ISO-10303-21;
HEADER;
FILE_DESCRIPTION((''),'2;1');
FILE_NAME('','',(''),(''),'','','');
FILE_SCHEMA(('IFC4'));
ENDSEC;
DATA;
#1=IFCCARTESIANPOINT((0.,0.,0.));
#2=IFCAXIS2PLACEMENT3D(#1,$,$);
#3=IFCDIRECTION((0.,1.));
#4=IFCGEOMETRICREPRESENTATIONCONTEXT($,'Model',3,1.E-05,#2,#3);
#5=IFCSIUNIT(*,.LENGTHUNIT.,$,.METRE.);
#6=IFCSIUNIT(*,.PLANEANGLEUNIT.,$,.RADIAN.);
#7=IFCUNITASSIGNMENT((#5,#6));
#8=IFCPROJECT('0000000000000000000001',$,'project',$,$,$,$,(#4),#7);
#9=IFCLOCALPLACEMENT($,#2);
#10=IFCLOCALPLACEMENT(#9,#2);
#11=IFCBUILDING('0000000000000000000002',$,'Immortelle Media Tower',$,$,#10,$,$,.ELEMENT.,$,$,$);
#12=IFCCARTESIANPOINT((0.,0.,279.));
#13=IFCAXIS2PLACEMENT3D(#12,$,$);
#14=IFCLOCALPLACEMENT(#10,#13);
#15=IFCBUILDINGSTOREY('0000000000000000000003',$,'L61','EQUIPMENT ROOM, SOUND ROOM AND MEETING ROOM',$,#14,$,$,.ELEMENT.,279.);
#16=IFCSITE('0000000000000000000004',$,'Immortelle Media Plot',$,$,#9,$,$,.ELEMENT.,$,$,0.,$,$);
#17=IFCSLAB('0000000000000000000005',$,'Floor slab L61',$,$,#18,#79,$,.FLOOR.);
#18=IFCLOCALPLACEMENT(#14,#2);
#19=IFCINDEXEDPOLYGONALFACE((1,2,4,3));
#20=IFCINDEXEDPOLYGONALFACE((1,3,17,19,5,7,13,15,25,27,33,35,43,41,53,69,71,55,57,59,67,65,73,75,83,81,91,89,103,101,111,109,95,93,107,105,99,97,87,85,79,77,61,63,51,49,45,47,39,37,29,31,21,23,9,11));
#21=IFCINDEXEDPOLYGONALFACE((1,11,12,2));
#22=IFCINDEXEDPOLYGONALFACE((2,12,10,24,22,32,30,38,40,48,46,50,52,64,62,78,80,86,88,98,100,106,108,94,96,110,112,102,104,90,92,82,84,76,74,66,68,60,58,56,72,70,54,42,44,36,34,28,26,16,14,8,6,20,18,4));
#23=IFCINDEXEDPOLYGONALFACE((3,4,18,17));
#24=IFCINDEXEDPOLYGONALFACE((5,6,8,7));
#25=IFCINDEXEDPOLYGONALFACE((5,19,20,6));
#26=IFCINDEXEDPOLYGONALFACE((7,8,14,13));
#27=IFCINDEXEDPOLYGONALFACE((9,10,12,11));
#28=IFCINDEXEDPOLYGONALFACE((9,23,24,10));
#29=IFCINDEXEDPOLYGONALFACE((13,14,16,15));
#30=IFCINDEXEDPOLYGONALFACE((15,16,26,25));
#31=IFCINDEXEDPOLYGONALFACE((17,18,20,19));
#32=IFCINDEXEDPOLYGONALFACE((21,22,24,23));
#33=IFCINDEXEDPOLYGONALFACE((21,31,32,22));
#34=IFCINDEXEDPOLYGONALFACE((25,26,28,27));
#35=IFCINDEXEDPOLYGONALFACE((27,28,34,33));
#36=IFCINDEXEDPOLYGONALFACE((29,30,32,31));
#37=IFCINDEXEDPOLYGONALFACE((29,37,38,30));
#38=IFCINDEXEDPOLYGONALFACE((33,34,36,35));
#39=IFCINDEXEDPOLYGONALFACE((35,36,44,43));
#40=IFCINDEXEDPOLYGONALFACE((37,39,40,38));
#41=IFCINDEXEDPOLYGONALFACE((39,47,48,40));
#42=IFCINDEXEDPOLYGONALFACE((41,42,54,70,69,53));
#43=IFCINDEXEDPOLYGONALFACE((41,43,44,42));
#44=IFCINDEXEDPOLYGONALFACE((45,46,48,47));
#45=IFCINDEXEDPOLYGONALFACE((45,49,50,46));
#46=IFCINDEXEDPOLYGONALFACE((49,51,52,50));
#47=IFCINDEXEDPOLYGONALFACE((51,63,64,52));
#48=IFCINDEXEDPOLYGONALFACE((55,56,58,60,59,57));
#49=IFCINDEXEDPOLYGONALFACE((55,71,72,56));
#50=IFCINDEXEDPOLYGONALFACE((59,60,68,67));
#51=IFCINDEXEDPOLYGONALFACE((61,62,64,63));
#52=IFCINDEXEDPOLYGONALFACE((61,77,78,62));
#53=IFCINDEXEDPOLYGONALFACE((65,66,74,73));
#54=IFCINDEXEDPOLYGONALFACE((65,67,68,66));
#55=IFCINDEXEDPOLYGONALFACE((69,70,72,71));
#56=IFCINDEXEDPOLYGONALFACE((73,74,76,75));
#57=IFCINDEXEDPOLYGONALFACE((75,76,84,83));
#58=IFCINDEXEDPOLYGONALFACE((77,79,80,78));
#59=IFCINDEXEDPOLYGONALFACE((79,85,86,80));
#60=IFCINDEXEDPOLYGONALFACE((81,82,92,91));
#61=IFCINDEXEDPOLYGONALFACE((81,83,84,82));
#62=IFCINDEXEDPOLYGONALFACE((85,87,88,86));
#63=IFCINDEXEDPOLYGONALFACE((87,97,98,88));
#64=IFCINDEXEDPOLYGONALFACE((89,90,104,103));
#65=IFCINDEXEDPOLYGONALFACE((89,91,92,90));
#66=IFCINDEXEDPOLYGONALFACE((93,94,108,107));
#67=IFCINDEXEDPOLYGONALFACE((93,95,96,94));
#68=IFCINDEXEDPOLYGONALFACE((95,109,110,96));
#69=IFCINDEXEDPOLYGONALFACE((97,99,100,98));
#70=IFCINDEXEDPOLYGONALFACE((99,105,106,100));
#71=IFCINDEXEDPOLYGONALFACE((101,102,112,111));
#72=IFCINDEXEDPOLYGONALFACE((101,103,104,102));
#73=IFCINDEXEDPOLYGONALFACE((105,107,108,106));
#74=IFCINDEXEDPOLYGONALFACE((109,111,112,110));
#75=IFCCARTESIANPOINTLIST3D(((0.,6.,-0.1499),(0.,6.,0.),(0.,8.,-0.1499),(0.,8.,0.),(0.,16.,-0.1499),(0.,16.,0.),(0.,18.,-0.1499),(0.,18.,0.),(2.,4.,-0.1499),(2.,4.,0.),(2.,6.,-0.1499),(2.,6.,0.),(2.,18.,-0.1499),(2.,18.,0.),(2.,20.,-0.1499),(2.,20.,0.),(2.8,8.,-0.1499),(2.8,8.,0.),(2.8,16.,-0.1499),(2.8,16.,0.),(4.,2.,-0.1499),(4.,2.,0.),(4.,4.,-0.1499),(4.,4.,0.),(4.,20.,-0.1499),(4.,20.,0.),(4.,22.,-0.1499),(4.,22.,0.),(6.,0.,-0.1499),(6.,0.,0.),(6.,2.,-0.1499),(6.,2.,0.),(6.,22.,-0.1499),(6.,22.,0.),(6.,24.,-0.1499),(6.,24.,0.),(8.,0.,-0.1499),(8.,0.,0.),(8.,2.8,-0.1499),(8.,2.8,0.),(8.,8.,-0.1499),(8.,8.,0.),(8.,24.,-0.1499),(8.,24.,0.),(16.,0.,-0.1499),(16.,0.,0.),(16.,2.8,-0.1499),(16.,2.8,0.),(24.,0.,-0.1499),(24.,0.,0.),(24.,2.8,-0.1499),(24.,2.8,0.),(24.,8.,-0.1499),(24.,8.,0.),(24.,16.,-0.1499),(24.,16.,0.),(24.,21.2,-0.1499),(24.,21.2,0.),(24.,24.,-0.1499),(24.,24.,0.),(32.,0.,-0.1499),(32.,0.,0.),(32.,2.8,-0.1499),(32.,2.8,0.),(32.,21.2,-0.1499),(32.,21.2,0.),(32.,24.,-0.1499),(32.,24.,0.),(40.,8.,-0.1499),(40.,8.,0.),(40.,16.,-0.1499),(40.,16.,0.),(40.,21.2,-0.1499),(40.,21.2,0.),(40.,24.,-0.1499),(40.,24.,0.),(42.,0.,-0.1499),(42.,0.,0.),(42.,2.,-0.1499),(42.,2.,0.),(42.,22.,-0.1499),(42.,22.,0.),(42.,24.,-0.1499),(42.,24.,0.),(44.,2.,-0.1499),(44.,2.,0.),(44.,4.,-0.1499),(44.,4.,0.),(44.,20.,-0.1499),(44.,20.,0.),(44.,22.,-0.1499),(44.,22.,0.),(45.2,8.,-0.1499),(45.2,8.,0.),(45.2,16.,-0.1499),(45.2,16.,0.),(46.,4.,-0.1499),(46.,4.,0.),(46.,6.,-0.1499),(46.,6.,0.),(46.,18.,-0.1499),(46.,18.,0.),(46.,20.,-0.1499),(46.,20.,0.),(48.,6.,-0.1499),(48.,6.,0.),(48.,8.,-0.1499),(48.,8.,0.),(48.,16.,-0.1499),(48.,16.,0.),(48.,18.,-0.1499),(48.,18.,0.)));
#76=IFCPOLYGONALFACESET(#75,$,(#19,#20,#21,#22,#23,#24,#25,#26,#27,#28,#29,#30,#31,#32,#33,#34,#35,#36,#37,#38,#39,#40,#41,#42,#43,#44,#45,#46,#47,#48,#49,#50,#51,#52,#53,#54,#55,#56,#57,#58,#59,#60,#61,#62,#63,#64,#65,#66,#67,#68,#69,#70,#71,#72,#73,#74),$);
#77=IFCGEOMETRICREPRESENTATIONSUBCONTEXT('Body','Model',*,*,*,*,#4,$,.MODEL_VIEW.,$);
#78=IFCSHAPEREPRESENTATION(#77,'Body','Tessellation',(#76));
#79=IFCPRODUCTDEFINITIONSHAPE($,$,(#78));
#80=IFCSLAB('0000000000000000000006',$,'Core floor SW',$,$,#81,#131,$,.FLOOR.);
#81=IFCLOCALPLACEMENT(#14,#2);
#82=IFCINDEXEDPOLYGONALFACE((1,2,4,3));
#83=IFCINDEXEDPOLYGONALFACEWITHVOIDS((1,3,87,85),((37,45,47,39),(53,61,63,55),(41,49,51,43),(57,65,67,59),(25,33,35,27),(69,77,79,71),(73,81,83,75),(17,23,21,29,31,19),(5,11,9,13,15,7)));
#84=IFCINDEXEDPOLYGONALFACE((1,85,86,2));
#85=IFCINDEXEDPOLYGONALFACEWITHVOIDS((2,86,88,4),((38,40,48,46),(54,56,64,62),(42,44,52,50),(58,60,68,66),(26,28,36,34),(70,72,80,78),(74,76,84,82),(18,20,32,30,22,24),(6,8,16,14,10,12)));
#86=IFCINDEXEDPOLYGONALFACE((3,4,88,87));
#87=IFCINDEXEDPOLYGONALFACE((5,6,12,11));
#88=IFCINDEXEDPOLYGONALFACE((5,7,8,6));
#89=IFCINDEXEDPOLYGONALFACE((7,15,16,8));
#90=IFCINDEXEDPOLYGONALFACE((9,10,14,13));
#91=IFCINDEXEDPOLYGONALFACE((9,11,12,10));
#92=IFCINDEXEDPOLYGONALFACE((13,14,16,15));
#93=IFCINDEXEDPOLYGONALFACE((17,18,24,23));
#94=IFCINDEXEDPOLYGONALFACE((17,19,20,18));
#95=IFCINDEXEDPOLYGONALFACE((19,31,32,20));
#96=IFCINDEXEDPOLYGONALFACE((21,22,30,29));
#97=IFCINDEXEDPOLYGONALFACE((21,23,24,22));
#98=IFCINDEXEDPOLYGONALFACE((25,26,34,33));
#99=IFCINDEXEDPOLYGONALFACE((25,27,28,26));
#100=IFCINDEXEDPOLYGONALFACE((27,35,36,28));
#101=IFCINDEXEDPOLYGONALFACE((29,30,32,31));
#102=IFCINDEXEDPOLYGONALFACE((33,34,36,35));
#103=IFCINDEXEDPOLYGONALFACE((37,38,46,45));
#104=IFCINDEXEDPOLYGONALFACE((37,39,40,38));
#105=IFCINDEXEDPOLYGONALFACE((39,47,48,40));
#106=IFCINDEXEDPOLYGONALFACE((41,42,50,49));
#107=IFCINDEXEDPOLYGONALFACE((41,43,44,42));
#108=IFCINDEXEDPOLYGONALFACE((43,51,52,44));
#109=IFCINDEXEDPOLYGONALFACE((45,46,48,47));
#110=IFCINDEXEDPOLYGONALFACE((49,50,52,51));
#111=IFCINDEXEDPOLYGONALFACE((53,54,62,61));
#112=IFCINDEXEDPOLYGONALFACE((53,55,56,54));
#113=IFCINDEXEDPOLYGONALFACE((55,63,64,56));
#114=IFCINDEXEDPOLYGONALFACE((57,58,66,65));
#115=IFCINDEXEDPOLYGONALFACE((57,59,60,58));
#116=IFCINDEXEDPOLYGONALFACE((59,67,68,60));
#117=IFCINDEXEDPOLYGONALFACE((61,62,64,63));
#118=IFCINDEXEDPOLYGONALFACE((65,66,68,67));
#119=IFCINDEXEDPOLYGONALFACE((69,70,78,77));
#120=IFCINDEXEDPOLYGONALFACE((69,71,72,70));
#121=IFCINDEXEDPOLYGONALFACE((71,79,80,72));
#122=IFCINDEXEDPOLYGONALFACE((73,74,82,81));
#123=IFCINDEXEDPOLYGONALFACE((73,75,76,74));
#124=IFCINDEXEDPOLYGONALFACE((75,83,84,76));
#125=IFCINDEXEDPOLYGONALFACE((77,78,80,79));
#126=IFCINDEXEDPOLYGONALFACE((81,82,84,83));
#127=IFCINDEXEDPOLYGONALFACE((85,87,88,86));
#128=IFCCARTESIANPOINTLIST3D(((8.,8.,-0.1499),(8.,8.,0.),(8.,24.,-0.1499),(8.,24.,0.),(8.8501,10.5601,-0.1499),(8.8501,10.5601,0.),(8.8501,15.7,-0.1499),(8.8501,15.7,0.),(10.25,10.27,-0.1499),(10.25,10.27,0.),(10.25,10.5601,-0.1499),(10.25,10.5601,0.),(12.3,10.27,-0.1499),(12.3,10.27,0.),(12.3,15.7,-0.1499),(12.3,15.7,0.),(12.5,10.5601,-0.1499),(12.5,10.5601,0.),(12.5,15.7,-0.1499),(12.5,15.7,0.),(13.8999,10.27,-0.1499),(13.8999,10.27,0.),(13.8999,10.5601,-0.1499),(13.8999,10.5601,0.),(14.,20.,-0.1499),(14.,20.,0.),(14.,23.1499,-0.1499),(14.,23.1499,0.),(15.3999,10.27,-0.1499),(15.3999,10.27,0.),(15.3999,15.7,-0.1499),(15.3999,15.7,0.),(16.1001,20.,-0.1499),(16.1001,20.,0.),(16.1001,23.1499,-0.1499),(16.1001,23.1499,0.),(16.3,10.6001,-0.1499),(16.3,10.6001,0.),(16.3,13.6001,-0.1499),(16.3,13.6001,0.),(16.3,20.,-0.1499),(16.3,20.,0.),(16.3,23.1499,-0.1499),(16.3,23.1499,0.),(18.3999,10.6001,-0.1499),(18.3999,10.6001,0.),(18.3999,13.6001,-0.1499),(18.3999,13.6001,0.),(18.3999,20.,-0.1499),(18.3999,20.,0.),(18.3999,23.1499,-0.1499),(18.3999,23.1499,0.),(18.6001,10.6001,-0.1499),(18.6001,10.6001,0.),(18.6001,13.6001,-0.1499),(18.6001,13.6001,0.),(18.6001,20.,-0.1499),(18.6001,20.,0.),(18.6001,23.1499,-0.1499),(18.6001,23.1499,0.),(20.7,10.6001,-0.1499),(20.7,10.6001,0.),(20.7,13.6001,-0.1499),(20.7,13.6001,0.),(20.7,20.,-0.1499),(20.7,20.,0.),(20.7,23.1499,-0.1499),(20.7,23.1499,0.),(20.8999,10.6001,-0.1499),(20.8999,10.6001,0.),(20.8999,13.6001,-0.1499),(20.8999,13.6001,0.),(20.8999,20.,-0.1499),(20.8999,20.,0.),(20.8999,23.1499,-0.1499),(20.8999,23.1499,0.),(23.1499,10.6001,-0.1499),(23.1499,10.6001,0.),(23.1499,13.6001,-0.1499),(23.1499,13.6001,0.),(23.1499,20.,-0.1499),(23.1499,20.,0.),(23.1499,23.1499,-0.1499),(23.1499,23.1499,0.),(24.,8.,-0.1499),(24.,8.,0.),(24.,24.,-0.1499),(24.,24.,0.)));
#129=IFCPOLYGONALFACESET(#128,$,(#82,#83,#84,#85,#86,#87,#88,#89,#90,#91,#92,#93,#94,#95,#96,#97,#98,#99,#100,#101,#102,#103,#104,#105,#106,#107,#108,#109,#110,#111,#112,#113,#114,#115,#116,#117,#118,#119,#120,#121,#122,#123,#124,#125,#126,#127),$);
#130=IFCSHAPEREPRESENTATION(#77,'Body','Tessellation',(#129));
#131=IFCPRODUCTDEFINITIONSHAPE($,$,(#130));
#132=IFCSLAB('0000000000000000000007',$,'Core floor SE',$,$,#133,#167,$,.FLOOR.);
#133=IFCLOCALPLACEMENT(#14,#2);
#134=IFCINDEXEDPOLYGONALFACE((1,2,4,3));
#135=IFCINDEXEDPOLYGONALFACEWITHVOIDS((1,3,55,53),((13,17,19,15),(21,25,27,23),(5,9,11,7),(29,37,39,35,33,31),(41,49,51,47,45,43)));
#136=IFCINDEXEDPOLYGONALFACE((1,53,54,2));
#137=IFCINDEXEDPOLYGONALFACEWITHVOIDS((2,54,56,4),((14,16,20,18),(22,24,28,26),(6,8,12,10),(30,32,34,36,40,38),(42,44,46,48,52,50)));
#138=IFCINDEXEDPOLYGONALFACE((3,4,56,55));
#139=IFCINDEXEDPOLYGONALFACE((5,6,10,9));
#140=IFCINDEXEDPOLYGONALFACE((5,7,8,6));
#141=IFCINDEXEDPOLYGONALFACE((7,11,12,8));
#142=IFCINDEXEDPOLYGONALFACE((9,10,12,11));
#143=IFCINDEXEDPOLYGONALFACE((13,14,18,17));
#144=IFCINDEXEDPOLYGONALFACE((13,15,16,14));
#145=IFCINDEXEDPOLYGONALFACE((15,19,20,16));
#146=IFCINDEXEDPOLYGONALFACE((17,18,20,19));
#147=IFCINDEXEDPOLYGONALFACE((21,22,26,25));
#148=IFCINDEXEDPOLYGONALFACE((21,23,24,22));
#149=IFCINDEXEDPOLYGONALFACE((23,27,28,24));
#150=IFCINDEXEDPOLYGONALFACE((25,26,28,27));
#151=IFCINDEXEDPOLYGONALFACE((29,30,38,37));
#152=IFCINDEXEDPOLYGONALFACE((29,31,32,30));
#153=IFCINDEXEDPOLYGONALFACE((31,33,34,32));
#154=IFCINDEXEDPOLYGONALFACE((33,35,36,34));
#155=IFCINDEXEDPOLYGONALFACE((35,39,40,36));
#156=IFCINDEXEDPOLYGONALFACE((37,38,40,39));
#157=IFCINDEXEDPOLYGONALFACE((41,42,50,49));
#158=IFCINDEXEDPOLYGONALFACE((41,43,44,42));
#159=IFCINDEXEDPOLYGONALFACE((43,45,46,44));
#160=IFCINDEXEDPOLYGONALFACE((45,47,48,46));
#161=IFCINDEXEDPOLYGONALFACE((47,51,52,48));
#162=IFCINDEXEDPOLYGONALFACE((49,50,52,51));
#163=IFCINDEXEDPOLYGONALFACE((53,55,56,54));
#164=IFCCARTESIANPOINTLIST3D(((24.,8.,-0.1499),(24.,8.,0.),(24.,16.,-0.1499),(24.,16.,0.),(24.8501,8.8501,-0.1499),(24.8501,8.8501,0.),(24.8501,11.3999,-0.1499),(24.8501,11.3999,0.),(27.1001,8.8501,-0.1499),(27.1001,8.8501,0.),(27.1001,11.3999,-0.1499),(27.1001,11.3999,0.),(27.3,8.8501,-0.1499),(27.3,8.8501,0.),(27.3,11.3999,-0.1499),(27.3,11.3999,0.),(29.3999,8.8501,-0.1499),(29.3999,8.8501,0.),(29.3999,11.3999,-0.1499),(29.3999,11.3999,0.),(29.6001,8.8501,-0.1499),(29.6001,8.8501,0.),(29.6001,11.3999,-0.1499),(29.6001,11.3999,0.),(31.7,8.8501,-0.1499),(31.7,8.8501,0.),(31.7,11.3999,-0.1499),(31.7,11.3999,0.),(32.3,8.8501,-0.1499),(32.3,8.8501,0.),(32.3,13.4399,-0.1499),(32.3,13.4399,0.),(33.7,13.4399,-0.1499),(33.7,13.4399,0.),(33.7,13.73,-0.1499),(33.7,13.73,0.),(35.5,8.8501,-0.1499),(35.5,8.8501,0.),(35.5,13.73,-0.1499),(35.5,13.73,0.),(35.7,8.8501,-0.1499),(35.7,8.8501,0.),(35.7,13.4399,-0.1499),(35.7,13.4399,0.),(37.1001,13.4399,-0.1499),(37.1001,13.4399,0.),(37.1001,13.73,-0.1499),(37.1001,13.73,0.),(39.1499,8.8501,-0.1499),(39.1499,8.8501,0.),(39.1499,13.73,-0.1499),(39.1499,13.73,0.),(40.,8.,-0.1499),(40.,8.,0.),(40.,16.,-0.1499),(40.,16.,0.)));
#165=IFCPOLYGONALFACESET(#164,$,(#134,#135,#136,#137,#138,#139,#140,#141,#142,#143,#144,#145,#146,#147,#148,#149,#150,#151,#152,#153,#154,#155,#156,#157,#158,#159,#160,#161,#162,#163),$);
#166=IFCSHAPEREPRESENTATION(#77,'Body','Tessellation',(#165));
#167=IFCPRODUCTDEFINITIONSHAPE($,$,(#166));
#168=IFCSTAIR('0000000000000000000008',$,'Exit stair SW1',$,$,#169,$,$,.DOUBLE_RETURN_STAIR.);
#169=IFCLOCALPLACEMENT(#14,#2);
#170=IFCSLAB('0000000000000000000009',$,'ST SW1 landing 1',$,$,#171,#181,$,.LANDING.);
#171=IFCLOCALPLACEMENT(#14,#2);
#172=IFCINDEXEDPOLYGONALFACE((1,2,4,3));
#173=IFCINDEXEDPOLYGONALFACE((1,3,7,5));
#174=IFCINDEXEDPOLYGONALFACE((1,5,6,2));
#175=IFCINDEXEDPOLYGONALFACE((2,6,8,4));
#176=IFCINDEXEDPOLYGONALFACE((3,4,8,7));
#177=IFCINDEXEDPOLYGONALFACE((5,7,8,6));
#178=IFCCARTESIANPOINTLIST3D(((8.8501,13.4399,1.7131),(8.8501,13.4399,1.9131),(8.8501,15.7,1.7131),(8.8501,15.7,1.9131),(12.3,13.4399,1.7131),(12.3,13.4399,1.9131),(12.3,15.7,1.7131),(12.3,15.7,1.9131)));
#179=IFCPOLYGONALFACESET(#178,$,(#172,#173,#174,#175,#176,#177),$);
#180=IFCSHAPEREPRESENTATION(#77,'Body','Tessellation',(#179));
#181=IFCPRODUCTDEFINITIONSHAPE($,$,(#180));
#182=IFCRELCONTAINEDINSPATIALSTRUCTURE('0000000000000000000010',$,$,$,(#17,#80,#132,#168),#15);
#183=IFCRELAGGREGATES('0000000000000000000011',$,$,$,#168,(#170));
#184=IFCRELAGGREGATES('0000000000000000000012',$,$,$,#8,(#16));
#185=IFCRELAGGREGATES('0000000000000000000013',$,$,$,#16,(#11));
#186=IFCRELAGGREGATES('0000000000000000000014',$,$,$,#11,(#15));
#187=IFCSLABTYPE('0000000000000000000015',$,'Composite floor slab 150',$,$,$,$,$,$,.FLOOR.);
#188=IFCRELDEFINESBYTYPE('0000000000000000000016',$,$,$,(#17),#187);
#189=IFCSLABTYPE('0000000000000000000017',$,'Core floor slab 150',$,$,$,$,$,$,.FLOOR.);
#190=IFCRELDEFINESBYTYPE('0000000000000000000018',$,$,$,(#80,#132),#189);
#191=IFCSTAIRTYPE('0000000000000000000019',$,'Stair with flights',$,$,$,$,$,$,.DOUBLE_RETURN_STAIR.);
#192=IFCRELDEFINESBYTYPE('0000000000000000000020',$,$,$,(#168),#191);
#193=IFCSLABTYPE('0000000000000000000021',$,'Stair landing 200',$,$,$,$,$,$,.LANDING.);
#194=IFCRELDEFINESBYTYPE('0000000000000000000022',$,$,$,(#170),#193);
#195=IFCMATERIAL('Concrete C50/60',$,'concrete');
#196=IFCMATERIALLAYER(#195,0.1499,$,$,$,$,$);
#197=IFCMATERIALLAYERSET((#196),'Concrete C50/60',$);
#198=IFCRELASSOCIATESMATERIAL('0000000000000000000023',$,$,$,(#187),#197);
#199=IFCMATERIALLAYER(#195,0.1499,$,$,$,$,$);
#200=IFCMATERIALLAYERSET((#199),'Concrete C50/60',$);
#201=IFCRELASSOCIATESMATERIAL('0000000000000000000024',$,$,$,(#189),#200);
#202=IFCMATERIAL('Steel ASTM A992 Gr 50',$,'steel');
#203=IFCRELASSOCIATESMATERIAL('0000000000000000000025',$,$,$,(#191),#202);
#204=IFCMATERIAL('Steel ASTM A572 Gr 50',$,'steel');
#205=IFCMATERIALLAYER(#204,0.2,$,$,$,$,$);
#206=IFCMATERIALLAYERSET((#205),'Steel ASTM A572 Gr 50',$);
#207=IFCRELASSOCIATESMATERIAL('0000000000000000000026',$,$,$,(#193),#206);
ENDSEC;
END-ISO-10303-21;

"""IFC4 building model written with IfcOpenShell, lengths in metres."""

from ifc_helpers import new_model, si_unit, direction, frame, origin, place, context, subcontext, project, spatial, polyline, outline, extrude, material, layer, layer_set, type_object, element, aggregate, save


model = new_model("IFC4")

# Units and contexts
model_context = context("Model", 3, precision=1e-05, world=origin(), true_north=direction((0.0, 1.0)))
body_context = subcontext(model_context, "Body", "Model", "MODEL_VIEW")
ifc_project = project(units=[si_unit("LENGTHUNIT", "METRE"), si_unit("PLANEANGLEUNIT", "RADIAN")], contexts=[model_context])

# Site, building, storey
site_placement = place(None, origin())
site = spatial("IfcSite", under=ifc_project, at=site_placement, Name="Immortelle Media Plot", CompositionType="ELEMENT", RefElevation=0.0)
building_placement = place(site_placement, origin())
building = spatial("IfcBuilding", under=site, at=building_placement, Name="Immortelle Media Tower", CompositionType="ELEMENT")
storey_placement = place(building_placement, frame((0.0, 0.0, 279.0)))
storey = spatial("IfcBuildingStorey", under=building, at=storey_placement, Name="L61", Description="EQUIPMENT ROOM, SOUND ROOM AND MEETING ROOM", CompositionType="ELEMENT", Elevation=279.0)

# Shared definitions
ifc_material_1 = material(Name="Steel ASTM A992 Gr 50", Category="steel")

# Slabs
ifc_material_2 = material(Name="Concrete C50/60", Category="concrete")
ifc_layer_1 = layer(ifc_material_2, 0.1499)
ifc_layer_set_1 = layer_set([ifc_layer_1], Name="Concrete C50/60")
slab_type_1 = type_object("IfcSlabType", Name="Composite floor slab 150", PredefinedType="FLOOR", material=ifc_layer_set_1)
slab_1_placement = place(storey_placement, frame((0.0, 0.0, -0.1499)))
element("IfcSlab", 1, at=slab_1_placement, inside=storey, type_object=slab_type_1, Name="Floor slab L61", PredefinedType="FLOOR", context=body_context, shape_type="SweptSolid", body=[
    extrude(outline(polyline([(6.0, 0.0), (6.0, 2.0), (4.0, 2.0), (4.0, 4.0), (2.0, 4.0), (2.0, 6.0), (0.0, 6.0), (0.0, 8.0), (2.8, 8.0), (2.8, 16.0), (0.0, 16.0), (0.0, 18.0), (2.0, 18.0), (2.0, 20.0), (4.0, 20.0), (4.0, 22.0), (6.0, 22.0), (6.0, 24.0), (8.0, 24.0), (8.0, 8.0), (24.0, 8.0), (40.0, 8.0), (40.0, 16.0), (24.0, 16.0), (24.0, 21.2), (24.0, 24.0), (32.0, 24.0), (32.0, 21.2), (40.0, 21.2), (40.0, 24.0), (42.0, 24.0), (42.0, 22.0), (44.0, 22.0), (44.0, 20.0), (46.0, 20.0), (46.0, 18.0), (48.0, 18.0), (48.0, 16.0), (45.2, 16.0), (45.2, 8.0), (48.0, 8.0), (48.0, 6.0), (46.0, 6.0), (46.0, 4.0), (44.0, 4.0), (44.0, 2.0), (42.0, 2.0), (42.0, 0.0), (32.0, 0.0), (32.0, 2.8), (24.0, 2.8), (24.0, 0.0), (16.0, 0.0), (16.0, 2.8), (8.0, 2.8), (8.0, 0.0), (6.0, 0.0)])), origin(), (0.0, 0.0, 1.0), 0.1499),
])
ifc_layer_2 = layer(ifc_material_2, 0.1499)
ifc_layer_set_2 = layer_set([ifc_layer_2], Name="Concrete C50/60")
slab_type_2 = type_object("IfcSlabType", Name="Core floor slab 150", PredefinedType="FLOOR", material=ifc_layer_set_2)
slab_2_placement = place(storey_placement, frame((0.0, 0.0, -0.1499)))
element("IfcSlab", 2, at=slab_2_placement, inside=storey, type_object=slab_type_2, Name="Core floor SW", PredefinedType="FLOOR", context=body_context, shape_type="SweptSolid", body=[
    extrude(outline(polyline([(8.0, 8.0), (24.0, 8.0), (24.0, 24.0), (8.0, 24.0), (8.0, 8.0)]), holes=[polyline([(14.0, 20.0), (16.1001, 20.0), (16.1001, 23.1499), (14.0, 23.1499), (14.0, 20.0)]), polyline([(16.3, 20.0), (18.3999, 20.0), (18.3999, 23.1499), (16.3, 23.1499), (16.3, 20.0)]), polyline([(18.6001, 20.0), (20.7, 20.0), (20.7, 23.1499), (18.6001, 23.1499), (18.6001, 20.0)]), polyline([(20.8999, 20.0), (23.1499, 20.0), (23.1499, 23.1499), (20.8999, 23.1499), (20.8999, 20.0)]), polyline([(16.3, 10.6001), (18.3999, 10.6001), (18.3999, 13.6001), (16.3, 13.6001), (16.3, 10.6001)]), polyline([(18.6001, 10.6001), (20.7, 10.6001), (20.7, 13.6001), (18.6001, 13.6001), (18.6001, 10.6001)]), polyline([(20.8999, 10.6001), (23.1499, 10.6001), (23.1499, 13.6001), (20.8999, 13.6001), (20.8999, 10.6001)]), polyline([(8.8501, 15.7), (12.3, 15.7), (12.3, 10.27), (10.25, 10.27), (10.25, 10.5601), (8.8501, 10.5601), (8.8501, 15.7)]), polyline([(12.5, 15.7), (15.3999, 15.7), (15.3999, 10.27), (13.8999, 10.27), (13.8999, 10.5601), (12.5, 10.5601), (12.5, 15.7)])]), origin(), (0.0, 0.0, 1.0), 0.1499),
])
slab_3_placement = place(storey_placement, frame((0.0, 0.0, -0.1499)))
element("IfcSlab", 3, at=slab_3_placement, inside=storey, type_object=slab_type_2, Name="Core floor SE", PredefinedType="FLOOR", context=body_context, shape_type="SweptSolid", body=[
    extrude(outline(polyline([(24.0, 8.0), (40.0, 8.0), (40.0, 16.0), (24.0, 16.0), (24.0, 8.0)]), holes=[polyline([(24.8501, 8.8501), (27.1001, 8.8501), (27.1001, 11.3999), (24.8501, 11.3999), (24.8501, 8.8501)]), polyline([(27.3, 8.8501), (29.3999, 8.8501), (29.3999, 11.3999), (27.3, 11.3999), (27.3, 8.8501)]), polyline([(29.6001, 8.8501), (31.7, 8.8501), (31.7, 11.3999), (29.6001, 11.3999), (29.6001, 8.8501)]), polyline([(35.5, 13.73), (35.5, 8.8501), (32.3, 8.8501), (32.3, 13.4399), (33.7, 13.4399), (33.7, 13.73), (35.5, 13.73)]), polyline([(39.1499, 13.73), (39.1499, 8.8501), (35.7, 8.8501), (35.7, 13.4399), (37.1001, 13.4399), (37.1001, 13.73), (39.1499, 13.73)])]), origin(), (0.0, 0.0, 1.0), 0.1499),
])

# Stair, slab
stair_type = type_object("IfcStairType", Name="Stair with flights", PredefinedType="DOUBLE_RETURN_STAIR", material=ifc_material_1)
stair_1_placement = place(storey_placement, origin())
stair_1 = element("IfcStair", 4, at=stair_1_placement, inside=storey, type_object=stair_type, Name="Exit stair SW1", PredefinedType="DOUBLE_RETURN_STAIR")
ifc_material_3 = material(Name="Steel ASTM A572 Gr 50", Category="steel")
ifc_layer_3 = layer(ifc_material_3, 0.2)
ifc_layer_set_3 = layer_set([ifc_layer_3], Name="Steel ASTM A572 Gr 50")
slab_type_3 = type_object("IfcSlabType", Name="Stair landing 200", PredefinedType="LANDING", material=ifc_layer_set_3)
slab_4_placement = place(storey_placement, frame((0.0, 0.0, 1.7131)))
slab_4 = element("IfcSlab", 5, at=slab_4_placement, type_object=slab_type_3, Name="ST SW1 landing 1", PredefinedType="LANDING", context=body_context, shape_type="SweptSolid", body=[
    extrude(outline(polyline([(8.8501, 13.4399), (12.3, 13.4399), (12.3, 15.7), (8.8501, 15.7), (8.8501, 13.4399)])), origin(), (0.0, 0.0, 1.0), 0.2),
])
aggregate(stair_1, [slab_4])

save(model, "model.ifc")
